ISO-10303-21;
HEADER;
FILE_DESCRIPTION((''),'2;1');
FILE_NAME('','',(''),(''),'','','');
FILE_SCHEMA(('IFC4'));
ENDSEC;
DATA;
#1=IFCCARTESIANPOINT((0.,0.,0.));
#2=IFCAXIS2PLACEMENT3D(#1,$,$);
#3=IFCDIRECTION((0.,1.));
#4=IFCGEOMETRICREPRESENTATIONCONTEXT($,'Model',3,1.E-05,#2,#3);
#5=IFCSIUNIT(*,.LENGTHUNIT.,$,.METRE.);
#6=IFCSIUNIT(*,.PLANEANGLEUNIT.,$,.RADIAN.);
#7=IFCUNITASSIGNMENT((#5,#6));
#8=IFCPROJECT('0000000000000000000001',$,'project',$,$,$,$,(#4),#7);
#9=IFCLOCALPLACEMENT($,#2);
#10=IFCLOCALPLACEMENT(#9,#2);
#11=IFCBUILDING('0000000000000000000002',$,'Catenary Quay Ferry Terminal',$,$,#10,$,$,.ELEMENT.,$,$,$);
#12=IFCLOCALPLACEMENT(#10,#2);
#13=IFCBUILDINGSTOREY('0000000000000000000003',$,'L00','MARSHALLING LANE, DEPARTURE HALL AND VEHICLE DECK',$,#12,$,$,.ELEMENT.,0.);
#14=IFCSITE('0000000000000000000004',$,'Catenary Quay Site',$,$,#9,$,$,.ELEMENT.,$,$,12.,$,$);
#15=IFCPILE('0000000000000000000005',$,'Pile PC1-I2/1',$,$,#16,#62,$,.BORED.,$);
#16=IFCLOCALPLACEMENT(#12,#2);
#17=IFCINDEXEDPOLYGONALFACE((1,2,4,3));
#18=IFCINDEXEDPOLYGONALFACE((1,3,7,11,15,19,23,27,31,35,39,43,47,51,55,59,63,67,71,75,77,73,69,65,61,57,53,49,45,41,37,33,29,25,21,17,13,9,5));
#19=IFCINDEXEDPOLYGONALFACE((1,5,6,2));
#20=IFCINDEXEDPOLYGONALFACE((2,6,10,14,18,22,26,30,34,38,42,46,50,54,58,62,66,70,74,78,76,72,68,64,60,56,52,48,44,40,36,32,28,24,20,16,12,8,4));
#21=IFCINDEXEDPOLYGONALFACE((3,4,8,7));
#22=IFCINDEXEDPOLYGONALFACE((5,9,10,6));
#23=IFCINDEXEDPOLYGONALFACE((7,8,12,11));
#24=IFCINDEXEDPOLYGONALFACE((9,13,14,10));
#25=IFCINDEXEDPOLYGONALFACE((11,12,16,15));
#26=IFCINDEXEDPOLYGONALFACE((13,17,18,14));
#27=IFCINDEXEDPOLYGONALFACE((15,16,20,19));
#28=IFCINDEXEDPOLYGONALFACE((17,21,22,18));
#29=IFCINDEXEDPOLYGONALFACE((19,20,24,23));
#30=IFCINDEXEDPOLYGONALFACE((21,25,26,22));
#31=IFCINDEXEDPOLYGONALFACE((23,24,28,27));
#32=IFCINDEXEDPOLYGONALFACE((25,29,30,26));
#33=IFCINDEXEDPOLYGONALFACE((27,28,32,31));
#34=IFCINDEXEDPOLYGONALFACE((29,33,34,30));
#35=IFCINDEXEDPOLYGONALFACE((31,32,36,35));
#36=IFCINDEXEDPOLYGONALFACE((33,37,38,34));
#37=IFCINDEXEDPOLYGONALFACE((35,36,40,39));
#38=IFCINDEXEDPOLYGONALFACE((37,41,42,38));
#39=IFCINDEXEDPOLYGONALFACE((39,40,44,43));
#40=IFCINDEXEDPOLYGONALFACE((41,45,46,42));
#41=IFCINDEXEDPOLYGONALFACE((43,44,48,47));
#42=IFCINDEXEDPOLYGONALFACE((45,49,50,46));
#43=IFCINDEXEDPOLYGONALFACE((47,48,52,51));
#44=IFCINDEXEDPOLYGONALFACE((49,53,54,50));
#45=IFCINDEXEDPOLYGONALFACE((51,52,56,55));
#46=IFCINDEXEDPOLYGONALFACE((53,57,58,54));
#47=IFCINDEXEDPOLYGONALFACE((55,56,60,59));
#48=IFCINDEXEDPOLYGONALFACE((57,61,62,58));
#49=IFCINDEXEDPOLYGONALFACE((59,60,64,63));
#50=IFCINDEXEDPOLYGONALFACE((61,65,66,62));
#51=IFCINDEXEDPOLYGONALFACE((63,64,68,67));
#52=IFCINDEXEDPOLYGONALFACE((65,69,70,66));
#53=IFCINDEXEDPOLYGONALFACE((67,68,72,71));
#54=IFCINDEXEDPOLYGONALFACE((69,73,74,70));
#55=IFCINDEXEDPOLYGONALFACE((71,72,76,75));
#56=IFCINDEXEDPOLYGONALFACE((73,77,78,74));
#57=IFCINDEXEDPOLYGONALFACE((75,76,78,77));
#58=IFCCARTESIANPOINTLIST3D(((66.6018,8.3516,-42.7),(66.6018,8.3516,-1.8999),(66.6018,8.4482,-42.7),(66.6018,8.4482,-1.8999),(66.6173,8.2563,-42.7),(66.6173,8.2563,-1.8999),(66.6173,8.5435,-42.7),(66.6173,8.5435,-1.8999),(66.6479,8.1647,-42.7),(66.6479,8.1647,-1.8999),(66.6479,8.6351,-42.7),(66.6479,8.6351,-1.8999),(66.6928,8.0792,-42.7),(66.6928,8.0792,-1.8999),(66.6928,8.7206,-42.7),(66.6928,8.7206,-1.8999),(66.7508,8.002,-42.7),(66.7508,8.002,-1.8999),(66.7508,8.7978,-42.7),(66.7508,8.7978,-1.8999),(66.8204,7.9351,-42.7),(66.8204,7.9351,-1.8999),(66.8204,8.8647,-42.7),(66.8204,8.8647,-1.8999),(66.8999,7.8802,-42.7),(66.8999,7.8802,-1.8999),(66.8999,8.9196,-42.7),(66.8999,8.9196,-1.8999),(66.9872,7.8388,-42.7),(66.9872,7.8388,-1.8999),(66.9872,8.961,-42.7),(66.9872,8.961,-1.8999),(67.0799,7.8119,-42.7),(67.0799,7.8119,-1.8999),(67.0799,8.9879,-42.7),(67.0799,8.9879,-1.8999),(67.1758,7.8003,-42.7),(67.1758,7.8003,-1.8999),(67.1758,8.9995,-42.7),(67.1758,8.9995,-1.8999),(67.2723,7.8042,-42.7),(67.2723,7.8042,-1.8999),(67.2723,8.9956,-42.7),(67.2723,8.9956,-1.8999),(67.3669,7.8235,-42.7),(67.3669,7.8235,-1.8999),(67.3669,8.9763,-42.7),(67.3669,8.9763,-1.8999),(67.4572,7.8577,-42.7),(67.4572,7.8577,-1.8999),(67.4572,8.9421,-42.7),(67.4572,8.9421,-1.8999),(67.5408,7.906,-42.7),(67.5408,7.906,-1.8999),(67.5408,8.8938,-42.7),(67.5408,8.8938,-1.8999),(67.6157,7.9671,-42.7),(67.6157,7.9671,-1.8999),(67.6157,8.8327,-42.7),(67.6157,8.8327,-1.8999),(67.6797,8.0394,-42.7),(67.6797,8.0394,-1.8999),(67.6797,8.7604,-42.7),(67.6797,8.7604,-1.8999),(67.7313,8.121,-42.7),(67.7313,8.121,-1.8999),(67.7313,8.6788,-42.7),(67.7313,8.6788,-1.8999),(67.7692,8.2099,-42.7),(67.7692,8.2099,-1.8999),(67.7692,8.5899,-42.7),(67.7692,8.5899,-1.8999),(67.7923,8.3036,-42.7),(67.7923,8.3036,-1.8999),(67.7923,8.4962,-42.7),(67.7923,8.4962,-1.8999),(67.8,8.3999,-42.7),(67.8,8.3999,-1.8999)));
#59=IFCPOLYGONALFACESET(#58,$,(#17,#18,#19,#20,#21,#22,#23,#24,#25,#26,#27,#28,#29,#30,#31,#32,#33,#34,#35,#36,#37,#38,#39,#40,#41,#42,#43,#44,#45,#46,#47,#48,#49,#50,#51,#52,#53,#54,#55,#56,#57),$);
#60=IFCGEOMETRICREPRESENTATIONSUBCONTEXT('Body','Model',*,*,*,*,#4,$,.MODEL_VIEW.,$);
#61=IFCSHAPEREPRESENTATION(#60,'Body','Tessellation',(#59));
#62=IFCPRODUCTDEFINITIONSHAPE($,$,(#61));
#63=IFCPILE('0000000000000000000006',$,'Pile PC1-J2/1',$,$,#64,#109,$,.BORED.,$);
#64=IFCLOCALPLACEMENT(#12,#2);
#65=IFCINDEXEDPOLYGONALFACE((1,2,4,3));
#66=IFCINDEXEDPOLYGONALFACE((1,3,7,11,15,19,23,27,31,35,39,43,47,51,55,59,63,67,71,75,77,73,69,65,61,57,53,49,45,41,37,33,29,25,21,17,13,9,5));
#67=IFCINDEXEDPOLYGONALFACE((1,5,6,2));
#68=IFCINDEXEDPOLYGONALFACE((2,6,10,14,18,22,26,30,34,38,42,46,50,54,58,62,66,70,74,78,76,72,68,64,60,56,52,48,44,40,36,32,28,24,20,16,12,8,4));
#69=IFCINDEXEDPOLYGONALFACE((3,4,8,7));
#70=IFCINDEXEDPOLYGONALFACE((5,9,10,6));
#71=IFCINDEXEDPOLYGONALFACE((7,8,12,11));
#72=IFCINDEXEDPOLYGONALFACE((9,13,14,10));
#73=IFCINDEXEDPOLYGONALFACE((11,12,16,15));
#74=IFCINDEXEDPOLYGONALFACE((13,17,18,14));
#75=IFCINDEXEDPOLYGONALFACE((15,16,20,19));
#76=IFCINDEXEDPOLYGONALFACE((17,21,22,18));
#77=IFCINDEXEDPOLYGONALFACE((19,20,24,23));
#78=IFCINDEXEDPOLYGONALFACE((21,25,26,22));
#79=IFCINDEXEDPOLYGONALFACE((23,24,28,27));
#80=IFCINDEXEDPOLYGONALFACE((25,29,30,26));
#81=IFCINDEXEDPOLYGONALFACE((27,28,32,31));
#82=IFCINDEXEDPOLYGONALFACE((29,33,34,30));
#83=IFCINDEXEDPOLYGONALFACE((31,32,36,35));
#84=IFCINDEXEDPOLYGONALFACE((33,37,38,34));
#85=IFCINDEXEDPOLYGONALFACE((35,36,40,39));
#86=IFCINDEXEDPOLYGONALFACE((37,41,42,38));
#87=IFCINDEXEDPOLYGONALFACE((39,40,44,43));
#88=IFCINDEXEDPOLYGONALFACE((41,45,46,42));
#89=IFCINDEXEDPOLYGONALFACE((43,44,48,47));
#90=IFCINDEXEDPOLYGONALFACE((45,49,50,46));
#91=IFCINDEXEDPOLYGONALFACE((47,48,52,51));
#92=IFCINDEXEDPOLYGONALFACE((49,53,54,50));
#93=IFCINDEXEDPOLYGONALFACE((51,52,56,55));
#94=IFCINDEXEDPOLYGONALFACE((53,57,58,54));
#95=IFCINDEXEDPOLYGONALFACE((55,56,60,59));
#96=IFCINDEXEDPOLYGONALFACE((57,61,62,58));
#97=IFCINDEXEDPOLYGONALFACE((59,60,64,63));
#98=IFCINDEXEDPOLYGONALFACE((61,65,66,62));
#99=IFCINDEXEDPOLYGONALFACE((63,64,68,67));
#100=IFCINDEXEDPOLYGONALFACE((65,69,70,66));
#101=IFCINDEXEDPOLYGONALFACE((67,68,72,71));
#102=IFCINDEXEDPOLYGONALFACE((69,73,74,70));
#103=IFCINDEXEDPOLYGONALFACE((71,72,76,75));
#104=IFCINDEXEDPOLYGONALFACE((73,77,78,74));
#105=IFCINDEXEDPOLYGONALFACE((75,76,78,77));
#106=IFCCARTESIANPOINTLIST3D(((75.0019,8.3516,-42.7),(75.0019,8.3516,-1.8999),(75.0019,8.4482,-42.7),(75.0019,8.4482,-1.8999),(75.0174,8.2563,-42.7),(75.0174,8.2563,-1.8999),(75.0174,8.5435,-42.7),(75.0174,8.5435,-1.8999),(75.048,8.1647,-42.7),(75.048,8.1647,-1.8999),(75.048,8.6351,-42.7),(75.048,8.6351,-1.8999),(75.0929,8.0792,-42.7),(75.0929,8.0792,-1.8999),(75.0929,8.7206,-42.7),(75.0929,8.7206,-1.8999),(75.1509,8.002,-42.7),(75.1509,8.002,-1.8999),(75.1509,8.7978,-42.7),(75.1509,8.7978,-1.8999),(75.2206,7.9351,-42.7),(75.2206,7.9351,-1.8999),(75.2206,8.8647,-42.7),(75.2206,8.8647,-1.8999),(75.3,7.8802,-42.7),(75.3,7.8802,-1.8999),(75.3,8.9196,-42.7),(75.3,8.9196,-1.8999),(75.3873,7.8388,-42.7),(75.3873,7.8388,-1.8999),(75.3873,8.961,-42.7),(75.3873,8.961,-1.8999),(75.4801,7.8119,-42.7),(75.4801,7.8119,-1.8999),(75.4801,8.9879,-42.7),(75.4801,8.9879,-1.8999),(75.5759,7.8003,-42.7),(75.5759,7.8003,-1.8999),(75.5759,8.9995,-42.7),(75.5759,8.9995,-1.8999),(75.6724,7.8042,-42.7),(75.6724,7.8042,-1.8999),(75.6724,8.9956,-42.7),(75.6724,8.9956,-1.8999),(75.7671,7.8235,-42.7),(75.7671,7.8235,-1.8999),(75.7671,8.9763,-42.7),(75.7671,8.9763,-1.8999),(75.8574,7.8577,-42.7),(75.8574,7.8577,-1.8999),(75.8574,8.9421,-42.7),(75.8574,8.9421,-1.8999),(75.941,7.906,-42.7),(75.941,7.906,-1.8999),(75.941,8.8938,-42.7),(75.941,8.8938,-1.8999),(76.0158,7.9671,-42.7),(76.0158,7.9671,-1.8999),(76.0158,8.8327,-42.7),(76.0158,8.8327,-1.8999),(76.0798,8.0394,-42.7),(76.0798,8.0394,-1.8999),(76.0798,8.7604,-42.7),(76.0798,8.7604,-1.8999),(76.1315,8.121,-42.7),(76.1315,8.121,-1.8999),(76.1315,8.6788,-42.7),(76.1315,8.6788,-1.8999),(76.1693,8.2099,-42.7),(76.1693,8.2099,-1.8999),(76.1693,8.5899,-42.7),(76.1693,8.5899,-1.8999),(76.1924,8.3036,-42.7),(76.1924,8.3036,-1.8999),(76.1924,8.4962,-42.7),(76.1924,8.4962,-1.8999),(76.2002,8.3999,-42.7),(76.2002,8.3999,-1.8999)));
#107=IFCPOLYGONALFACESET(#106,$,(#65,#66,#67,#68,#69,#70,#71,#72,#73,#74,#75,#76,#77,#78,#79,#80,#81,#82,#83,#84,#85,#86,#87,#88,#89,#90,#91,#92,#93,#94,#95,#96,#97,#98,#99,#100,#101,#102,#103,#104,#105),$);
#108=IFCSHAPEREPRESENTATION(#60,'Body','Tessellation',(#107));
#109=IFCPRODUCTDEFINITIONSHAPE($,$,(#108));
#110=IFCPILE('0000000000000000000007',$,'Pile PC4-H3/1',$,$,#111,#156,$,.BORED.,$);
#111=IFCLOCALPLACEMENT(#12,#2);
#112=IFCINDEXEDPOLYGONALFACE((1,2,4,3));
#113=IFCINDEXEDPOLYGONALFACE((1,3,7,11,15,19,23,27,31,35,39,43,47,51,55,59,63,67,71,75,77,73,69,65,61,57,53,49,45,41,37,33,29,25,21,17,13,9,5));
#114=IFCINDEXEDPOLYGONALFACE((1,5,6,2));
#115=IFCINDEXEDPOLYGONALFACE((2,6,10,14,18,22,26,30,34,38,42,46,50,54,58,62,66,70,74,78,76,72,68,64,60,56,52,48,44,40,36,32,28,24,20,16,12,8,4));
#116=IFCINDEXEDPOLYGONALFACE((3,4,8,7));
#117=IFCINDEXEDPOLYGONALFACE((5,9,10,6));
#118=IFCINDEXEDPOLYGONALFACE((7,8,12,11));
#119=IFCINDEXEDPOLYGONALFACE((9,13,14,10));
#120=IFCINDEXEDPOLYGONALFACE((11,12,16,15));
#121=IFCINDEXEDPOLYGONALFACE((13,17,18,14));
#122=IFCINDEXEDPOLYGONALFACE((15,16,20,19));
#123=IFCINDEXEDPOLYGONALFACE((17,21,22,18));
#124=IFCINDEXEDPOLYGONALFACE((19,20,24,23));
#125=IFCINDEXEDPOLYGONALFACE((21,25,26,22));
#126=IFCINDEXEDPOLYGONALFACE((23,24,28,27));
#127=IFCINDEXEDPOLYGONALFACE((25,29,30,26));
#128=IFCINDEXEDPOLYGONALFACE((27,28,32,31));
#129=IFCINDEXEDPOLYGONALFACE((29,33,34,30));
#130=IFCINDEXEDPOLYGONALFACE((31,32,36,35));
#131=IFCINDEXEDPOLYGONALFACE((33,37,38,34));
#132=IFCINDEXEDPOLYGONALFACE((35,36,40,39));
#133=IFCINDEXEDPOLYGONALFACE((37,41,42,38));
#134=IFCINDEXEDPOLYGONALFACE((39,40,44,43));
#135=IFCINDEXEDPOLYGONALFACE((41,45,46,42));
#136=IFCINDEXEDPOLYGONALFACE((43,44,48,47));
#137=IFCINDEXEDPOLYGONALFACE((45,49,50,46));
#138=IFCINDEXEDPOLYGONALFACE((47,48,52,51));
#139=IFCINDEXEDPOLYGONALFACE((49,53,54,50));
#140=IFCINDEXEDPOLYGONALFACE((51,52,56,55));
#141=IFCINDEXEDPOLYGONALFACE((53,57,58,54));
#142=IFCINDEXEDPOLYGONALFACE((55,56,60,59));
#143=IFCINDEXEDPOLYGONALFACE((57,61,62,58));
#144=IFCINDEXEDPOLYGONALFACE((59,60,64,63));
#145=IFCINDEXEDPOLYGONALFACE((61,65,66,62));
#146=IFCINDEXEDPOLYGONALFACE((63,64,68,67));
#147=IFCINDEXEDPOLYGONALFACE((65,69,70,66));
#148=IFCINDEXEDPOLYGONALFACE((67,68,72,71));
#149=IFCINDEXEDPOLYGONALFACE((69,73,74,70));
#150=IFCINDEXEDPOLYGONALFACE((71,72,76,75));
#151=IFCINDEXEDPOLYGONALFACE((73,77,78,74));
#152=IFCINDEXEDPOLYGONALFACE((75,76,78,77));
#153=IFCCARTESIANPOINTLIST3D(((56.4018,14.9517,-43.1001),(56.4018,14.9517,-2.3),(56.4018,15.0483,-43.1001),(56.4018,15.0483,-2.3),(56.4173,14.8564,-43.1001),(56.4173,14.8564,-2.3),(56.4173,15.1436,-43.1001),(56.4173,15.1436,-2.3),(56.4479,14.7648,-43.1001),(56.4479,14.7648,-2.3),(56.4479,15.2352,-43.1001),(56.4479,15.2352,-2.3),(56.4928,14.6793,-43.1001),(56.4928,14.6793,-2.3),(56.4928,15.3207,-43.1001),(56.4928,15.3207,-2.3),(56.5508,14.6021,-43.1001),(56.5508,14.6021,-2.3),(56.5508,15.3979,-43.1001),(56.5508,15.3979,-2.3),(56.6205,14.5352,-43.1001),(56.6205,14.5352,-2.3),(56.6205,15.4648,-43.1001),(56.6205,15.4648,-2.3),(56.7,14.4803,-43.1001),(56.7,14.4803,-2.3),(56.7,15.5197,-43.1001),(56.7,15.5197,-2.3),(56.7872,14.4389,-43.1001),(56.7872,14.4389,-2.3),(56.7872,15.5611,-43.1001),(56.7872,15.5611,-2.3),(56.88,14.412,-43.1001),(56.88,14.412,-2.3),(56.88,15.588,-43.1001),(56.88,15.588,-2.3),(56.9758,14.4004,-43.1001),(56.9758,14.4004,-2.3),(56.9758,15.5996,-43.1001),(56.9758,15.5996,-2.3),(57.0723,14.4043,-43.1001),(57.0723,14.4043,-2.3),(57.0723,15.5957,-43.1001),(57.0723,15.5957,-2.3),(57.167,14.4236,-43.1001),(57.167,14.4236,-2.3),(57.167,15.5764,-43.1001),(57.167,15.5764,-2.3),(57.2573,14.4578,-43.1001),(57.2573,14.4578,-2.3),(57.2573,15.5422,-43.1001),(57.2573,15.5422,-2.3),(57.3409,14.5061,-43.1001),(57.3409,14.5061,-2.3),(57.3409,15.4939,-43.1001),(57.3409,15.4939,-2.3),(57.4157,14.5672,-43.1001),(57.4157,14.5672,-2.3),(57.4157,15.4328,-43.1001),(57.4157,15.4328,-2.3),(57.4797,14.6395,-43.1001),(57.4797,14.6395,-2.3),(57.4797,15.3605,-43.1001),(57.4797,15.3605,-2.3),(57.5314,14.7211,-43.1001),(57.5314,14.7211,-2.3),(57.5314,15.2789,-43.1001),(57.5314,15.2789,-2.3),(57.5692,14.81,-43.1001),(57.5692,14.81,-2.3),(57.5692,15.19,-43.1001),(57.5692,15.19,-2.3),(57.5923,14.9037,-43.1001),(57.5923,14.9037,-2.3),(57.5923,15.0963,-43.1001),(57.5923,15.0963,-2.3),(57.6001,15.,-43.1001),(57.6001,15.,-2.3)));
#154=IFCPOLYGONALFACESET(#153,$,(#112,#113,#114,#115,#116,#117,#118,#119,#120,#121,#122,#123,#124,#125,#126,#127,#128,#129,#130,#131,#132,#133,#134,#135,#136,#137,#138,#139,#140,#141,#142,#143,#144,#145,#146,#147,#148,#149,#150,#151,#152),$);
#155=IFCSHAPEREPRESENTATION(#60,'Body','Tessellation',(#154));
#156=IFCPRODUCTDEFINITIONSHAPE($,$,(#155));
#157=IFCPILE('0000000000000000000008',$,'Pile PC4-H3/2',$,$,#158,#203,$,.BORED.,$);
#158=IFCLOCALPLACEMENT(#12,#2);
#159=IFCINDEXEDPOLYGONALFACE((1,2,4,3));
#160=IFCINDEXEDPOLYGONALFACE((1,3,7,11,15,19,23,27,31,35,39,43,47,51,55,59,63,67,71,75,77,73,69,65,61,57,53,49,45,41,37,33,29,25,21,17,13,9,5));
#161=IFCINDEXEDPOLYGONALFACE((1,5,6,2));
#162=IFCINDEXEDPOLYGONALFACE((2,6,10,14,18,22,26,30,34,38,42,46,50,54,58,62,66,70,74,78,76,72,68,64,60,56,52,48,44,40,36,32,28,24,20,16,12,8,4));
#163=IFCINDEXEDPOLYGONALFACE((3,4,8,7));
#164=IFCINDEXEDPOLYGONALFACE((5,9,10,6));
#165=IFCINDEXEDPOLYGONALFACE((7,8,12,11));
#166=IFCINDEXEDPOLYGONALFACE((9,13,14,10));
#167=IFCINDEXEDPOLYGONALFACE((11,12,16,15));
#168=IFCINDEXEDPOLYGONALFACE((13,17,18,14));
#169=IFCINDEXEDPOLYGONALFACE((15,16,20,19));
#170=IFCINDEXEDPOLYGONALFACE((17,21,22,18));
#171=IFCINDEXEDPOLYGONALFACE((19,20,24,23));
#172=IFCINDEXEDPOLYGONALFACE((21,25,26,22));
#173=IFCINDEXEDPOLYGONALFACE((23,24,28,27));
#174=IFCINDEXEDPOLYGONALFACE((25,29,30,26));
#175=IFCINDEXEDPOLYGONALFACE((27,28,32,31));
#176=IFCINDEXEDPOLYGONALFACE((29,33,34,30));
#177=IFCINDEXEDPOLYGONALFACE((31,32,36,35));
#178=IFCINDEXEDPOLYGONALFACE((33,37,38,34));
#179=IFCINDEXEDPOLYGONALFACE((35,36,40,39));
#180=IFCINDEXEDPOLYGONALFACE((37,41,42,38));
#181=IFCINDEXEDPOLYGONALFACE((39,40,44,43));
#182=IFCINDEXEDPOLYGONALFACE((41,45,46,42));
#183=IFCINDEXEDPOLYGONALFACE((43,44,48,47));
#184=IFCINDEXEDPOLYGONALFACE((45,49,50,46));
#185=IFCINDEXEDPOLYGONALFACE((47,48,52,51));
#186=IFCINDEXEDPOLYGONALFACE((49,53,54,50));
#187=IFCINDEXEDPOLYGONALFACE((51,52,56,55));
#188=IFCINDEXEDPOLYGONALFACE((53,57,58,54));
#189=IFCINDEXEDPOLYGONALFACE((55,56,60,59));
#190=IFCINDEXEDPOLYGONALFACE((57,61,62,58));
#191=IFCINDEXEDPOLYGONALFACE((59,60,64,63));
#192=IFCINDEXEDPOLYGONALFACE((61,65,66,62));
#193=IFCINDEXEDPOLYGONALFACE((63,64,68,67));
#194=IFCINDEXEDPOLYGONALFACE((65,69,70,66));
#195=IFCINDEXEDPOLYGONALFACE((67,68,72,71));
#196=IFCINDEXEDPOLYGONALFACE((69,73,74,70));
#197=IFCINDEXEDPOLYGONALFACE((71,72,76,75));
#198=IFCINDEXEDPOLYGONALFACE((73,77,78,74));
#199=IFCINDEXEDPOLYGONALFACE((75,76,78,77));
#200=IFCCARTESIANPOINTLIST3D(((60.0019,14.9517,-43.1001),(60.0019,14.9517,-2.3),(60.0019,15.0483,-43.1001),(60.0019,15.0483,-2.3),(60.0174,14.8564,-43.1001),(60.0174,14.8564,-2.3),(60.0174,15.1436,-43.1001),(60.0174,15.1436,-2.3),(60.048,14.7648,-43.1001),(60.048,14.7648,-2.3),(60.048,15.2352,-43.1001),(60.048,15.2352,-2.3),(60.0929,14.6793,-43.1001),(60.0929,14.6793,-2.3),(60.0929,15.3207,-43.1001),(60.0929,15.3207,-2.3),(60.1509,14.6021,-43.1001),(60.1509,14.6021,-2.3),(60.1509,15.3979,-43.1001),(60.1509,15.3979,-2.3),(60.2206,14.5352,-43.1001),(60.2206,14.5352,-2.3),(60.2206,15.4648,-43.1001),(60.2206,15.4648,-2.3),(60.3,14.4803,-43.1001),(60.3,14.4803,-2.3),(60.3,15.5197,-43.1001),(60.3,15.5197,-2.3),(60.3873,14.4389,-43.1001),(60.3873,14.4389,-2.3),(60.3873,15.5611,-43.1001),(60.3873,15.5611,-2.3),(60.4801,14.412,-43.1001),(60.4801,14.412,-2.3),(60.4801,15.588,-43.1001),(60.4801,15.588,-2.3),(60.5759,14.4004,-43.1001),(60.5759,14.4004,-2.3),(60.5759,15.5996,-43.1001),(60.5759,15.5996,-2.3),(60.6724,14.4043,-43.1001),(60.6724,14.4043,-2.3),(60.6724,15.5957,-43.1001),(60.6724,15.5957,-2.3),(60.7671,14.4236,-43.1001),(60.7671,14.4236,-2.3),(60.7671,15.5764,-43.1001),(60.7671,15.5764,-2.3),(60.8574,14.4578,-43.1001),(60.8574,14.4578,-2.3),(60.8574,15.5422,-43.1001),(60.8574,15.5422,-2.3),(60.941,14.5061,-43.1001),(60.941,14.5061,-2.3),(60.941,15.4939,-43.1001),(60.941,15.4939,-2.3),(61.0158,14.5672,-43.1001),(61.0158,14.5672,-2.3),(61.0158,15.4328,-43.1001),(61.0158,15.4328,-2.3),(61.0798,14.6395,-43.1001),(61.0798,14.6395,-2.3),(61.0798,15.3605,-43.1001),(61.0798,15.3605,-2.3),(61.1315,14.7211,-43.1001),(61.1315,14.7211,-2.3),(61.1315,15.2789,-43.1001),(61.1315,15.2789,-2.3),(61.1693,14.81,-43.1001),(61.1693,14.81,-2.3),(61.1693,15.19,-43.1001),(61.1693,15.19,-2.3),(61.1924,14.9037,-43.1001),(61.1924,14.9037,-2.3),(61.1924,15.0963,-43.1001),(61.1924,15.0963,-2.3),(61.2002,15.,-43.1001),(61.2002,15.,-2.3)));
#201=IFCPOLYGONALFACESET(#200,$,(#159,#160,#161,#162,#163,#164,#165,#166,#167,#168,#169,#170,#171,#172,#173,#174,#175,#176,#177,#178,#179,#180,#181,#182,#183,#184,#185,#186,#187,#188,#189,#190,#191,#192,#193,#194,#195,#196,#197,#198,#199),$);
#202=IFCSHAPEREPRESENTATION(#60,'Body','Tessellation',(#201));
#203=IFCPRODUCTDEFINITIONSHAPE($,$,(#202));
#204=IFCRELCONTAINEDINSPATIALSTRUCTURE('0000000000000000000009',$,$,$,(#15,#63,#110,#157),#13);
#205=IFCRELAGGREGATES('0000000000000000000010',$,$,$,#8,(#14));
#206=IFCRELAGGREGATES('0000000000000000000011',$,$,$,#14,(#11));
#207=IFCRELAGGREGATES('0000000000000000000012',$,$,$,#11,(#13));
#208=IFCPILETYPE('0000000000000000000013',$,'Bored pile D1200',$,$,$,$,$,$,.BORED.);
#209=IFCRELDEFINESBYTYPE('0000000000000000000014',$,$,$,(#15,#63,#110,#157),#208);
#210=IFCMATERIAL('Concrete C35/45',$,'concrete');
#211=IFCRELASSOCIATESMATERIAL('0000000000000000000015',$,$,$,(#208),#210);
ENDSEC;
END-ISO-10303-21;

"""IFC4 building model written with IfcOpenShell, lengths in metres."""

from ifc_helpers import new_model, si_unit, direction, frame, origin, origin_2d, place, context, subcontext, project, spatial, circle, extrude, material, material_profile, profile_set, type_object, element, save


model = new_model("IFC4")

# Units and contexts
model_context = context("Model", 3, precision=1e-05, world=origin(), true_north=direction((0.0, 1.0)))
body_context = subcontext(model_context, "Body", "Model", "MODEL_VIEW")
ifc_project = project(units=[si_unit("LENGTHUNIT", "METRE"), si_unit("PLANEANGLEUNIT", "RADIAN")], contexts=[model_context])

# Site, building, storey
site_placement = place(None, origin())
site = spatial("IfcSite", under=ifc_project, at=site_placement, Name="Catenary Quay Site", CompositionType="ELEMENT", RefElevation=12.0)
building_placement = place(site_placement, origin())
building = spatial("IfcBuilding", under=site, at=building_placement, Name="Catenary Quay Ferry Terminal", CompositionType="ELEMENT")
storey_placement = place(building_placement, origin())
storey = spatial("IfcBuildingStorey", under=building, at=storey_placement, Name="L00", Description="MARSHALLING LANE, DEPARTURE HALL AND VEHICLE DECK", CompositionType="ELEMENT", Elevation=0.0)

# Piles
ifc_material_1 = material(Name="Concrete C35/45", Category="concrete")
ifc_material_profile_1 = material_profile(ifc_material_1, circle(Radius=0.6001, at=origin_2d()), Name="D1200")
ifc_profile_set_1 = profile_set([ifc_material_profile_1], Name="Concrete C35/45")
pile_type = type_object("IfcPileType", Name="Bored pile D1200", PredefinedType="BORED", material=ifc_profile_set_1)
for number, where, z_axis, x_axis, name in (
    (1, (67.2, 8.3999, -1.8999), (0.0, 0.0, -1.0), (1.0, 0.0, 0.0), "Pile PC1-I2/1"),
    (2, (75.6001, 8.3999, -1.8999), (0.0, 0.0, -1.0), (1.0, 0.0, 0.0), "Pile PC1-J2/1"),
    (3, (57.0, 15.0, -2.3), (0.0, 0.0, -1.0), (1.0, 0.0, 0.0), "Pile PC4-H3/1"),
    (4, (60.6001, 15.0, -2.3), (0.0, 0.0, -1.0), (1.0, 0.0, 0.0), "Pile PC4-H3/2"),
):
    element("IfcPile", number, at=place(storey_placement, frame(where, z_axis=z_axis, x_axis=x_axis)), inside=storey, type_object=pile_type, Name=name, PredefinedType="BORED", context=body_context, shape_type="SweptSolid", body=[
        extrude(circle(Radius=0.6001, at=origin_2d()), origin(), (0.0, 0.0, 1.0), 40.8),
    ])

save(model, "model.ifc")
